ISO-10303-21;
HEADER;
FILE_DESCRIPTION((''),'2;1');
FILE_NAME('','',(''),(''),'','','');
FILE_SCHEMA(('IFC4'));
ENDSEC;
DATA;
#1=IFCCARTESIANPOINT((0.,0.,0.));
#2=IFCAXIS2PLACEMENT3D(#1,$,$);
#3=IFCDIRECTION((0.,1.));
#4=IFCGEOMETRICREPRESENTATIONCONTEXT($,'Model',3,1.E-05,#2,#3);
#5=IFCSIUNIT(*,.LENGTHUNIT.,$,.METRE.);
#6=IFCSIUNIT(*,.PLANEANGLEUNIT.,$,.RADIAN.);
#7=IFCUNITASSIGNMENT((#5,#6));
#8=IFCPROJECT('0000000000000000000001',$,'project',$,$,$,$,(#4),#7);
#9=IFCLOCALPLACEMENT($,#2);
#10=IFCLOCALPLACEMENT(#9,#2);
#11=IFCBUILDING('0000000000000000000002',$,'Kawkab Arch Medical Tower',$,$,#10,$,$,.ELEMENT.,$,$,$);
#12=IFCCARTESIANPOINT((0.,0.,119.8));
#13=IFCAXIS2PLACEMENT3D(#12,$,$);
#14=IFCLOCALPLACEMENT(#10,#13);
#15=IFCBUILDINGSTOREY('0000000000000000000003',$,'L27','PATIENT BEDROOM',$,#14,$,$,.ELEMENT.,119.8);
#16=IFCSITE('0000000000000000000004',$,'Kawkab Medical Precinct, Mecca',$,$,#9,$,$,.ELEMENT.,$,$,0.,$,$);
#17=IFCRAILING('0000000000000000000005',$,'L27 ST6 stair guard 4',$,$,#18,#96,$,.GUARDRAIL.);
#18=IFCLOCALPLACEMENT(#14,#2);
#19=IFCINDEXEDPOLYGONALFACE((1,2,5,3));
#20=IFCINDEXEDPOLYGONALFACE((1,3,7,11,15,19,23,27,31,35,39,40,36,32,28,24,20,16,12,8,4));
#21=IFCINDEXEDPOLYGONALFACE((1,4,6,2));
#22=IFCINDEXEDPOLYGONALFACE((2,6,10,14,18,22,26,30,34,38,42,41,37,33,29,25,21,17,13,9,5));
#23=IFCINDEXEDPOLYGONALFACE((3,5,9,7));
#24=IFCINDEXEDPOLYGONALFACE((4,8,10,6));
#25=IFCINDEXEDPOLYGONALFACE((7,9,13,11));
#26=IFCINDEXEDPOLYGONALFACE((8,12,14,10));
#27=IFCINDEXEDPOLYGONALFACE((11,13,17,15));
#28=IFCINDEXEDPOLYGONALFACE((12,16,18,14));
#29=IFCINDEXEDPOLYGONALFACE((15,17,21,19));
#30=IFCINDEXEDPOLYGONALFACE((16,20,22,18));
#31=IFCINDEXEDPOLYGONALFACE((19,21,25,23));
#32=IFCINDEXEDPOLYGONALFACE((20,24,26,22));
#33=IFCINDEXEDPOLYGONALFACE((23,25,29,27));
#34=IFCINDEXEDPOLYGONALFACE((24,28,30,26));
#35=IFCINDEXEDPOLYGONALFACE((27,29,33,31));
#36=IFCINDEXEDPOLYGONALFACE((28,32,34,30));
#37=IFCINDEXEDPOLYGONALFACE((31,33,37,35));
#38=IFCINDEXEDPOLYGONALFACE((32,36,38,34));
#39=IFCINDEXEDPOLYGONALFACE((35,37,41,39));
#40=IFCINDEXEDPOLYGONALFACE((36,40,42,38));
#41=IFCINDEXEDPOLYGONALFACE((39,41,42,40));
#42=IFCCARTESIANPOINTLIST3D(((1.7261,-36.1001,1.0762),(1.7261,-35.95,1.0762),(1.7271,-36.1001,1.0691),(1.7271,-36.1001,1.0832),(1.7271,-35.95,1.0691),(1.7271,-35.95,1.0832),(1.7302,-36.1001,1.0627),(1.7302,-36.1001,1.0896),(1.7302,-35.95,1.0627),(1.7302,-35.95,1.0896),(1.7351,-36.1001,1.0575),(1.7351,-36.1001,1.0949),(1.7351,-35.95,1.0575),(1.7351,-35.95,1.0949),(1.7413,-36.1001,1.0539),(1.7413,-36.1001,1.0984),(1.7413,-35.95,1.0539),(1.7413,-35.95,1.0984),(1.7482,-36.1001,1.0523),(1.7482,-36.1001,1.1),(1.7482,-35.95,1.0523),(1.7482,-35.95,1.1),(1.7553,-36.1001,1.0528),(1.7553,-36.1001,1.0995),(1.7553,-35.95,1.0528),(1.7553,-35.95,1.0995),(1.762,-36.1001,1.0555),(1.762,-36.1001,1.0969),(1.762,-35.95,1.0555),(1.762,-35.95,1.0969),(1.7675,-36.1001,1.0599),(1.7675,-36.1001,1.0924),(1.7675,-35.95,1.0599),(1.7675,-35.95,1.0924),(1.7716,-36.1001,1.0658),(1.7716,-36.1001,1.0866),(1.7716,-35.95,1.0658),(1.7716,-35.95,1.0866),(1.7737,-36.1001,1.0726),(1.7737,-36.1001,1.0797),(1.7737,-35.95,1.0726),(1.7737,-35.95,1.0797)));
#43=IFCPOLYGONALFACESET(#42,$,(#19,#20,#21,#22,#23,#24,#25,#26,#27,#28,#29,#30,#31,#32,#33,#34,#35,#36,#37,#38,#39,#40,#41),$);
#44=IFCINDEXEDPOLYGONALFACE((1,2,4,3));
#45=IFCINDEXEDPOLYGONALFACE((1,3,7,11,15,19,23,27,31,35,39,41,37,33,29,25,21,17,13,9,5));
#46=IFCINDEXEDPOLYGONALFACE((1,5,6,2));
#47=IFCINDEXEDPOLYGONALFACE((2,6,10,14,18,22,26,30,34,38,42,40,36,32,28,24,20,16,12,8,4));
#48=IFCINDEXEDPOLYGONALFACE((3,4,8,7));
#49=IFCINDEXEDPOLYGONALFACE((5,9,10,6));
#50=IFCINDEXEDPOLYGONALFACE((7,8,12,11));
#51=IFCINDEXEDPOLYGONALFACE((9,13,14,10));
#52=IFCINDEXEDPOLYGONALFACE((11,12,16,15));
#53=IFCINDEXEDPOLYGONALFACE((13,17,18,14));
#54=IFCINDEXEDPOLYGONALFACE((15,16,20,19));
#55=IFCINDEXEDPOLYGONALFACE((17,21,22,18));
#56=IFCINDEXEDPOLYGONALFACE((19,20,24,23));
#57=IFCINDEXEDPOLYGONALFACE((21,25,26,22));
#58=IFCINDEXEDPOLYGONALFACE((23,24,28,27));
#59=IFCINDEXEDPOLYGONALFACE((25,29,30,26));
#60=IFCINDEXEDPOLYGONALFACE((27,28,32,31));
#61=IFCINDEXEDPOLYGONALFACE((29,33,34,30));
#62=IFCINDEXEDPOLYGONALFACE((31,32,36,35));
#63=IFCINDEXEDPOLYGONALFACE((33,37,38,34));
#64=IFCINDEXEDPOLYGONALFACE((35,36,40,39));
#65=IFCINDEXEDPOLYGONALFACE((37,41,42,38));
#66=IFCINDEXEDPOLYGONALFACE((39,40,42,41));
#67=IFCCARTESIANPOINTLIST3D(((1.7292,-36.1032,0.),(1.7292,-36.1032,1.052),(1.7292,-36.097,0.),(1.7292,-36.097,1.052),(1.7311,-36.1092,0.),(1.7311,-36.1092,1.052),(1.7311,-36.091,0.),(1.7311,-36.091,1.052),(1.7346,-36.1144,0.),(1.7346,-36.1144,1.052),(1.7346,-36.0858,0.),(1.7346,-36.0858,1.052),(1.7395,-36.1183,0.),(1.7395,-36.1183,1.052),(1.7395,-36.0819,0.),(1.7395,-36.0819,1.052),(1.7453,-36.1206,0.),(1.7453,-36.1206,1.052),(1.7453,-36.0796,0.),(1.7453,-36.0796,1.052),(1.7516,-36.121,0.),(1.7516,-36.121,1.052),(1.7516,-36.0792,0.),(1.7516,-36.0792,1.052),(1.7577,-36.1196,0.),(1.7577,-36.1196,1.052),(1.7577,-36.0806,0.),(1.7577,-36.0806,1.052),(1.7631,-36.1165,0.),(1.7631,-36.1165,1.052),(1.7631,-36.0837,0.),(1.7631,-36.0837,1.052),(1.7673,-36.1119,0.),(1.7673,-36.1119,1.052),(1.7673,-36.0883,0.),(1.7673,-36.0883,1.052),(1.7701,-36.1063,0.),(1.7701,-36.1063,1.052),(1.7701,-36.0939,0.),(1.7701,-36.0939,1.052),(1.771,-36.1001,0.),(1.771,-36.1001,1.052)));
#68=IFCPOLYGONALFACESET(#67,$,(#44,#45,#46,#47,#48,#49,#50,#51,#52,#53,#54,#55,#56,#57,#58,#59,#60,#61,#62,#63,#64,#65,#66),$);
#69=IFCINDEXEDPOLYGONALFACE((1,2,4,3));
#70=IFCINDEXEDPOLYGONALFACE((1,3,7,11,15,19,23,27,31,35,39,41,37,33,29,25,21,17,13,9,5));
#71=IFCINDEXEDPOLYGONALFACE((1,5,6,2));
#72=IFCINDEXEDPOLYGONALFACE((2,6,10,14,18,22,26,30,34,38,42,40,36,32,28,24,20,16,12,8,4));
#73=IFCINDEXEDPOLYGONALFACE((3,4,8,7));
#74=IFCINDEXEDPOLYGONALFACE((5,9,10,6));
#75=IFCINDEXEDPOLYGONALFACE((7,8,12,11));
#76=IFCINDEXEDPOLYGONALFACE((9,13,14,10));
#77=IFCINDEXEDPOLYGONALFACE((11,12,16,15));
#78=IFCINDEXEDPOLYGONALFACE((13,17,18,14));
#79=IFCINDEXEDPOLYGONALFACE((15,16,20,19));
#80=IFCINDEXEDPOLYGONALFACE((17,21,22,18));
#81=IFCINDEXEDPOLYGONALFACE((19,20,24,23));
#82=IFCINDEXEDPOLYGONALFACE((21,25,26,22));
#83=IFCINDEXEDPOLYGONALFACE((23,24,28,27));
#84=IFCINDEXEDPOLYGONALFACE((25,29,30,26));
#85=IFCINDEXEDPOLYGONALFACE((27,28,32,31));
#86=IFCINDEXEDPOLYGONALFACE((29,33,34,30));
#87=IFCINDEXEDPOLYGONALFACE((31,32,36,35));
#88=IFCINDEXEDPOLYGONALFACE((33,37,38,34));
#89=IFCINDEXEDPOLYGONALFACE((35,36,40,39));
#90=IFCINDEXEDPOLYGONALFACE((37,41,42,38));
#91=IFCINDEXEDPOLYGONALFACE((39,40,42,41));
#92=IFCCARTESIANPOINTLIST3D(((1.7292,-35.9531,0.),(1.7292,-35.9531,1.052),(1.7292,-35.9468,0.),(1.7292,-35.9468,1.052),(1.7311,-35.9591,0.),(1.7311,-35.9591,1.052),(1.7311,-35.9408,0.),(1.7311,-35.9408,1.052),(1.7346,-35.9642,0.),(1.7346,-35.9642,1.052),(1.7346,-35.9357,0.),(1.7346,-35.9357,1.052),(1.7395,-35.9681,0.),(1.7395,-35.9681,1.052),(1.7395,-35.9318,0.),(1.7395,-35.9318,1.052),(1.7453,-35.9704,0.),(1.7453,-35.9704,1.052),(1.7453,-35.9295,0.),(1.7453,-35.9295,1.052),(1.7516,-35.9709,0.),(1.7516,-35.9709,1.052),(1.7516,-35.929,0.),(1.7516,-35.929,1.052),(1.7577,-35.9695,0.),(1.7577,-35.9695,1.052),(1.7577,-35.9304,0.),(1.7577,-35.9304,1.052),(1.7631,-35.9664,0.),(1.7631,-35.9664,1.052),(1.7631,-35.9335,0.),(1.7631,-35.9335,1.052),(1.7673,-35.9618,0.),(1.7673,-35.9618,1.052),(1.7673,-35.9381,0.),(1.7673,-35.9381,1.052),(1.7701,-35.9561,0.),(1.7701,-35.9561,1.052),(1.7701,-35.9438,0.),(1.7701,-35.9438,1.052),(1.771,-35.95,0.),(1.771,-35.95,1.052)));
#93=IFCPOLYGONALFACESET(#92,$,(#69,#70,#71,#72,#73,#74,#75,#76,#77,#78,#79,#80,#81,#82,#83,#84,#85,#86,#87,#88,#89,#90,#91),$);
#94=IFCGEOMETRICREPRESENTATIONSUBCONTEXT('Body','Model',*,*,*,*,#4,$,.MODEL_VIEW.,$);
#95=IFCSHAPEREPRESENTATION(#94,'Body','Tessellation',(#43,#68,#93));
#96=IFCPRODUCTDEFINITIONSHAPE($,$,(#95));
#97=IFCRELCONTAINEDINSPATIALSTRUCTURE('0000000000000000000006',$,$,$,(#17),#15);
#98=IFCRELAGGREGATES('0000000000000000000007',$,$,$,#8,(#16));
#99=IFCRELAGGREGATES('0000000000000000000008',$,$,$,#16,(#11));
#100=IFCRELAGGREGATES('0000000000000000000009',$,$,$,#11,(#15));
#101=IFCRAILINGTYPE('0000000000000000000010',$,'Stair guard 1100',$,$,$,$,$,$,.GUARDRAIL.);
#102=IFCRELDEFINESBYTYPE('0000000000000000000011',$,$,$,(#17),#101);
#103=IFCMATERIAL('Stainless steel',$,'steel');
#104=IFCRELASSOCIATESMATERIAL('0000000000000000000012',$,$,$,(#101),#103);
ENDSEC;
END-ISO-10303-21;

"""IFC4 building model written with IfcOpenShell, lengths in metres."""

from ifc_helpers import new_model, si_unit, direction, frame, origin, origin_2d, place, context, subcontext, project, spatial, circle, extrude, material, type_object, element, save


model = new_model("IFC4")

# Units and contexts
model_context = context("Model", 3, precision=1e-05, world=origin(), true_north=direction((0.0, 1.0)))
body_context = subcontext(model_context, "Body", "Model", "MODEL_VIEW")
ifc_project = project(units=[si_unit("LENGTHUNIT", "METRE"), si_unit("PLANEANGLEUNIT", "RADIAN")], contexts=[model_context])

# Site, building, storey
site_placement = place(None, origin())
site = spatial("IfcSite", under=ifc_project, at=site_placement, Name="Kawkab Medical Precinct, Mecca", CompositionType="ELEMENT", RefElevation=0.0)
building_placement = place(site_placement, origin())
building = spatial("IfcBuilding", under=site, at=building_placement, Name="Kawkab Arch Medical Tower", CompositionType="ELEMENT")
storey_placement = place(building_placement, frame((0.0, 0.0, 119.8)))
storey = spatial("IfcBuildingStorey", under=building, at=storey_placement, Name="L27", Description="PATIENT BEDROOM", CompositionType="ELEMENT", Elevation=119.8)

# Railing
ifc_material_1 = material(Name="Stainless steel", Category="steel")
railing_type_1 = type_object("IfcRailingType", Name="Stair guard 1100", PredefinedType="GUARDRAIL", material=ifc_material_1)
railing_1_placement = place(storey_placement, frame((1.75, -36.1001, 0.0)))
element("IfcRailing", 1, at=railing_1_placement, inside=storey, type_object=railing_type_1, Name="L27 ST6 stair guard 4", PredefinedType="GUARDRAIL", context=body_context, shape_type="SweptSolid", body=[
    extrude(circle(Radius=0.0239, at=origin_2d()), frame((0.0, 0.0, 1.0762), z_axis=(0.0, 1.0, 0.0), x_axis=(-1.0, 0.0, 0.0)), (0.0, 0.0, 1.0), 0.1501),
    extrude(circle(Radius=0.021, at=origin_2d()), origin(), (0.0, 0.0, 1.0), 1.052),
    extrude(circle(Radius=0.021, at=origin_2d()), frame((0.0, 0.1501, 0.0)), (0.0, 0.0, 1.0), 1.052),
])

save(model, "model.ifc")
